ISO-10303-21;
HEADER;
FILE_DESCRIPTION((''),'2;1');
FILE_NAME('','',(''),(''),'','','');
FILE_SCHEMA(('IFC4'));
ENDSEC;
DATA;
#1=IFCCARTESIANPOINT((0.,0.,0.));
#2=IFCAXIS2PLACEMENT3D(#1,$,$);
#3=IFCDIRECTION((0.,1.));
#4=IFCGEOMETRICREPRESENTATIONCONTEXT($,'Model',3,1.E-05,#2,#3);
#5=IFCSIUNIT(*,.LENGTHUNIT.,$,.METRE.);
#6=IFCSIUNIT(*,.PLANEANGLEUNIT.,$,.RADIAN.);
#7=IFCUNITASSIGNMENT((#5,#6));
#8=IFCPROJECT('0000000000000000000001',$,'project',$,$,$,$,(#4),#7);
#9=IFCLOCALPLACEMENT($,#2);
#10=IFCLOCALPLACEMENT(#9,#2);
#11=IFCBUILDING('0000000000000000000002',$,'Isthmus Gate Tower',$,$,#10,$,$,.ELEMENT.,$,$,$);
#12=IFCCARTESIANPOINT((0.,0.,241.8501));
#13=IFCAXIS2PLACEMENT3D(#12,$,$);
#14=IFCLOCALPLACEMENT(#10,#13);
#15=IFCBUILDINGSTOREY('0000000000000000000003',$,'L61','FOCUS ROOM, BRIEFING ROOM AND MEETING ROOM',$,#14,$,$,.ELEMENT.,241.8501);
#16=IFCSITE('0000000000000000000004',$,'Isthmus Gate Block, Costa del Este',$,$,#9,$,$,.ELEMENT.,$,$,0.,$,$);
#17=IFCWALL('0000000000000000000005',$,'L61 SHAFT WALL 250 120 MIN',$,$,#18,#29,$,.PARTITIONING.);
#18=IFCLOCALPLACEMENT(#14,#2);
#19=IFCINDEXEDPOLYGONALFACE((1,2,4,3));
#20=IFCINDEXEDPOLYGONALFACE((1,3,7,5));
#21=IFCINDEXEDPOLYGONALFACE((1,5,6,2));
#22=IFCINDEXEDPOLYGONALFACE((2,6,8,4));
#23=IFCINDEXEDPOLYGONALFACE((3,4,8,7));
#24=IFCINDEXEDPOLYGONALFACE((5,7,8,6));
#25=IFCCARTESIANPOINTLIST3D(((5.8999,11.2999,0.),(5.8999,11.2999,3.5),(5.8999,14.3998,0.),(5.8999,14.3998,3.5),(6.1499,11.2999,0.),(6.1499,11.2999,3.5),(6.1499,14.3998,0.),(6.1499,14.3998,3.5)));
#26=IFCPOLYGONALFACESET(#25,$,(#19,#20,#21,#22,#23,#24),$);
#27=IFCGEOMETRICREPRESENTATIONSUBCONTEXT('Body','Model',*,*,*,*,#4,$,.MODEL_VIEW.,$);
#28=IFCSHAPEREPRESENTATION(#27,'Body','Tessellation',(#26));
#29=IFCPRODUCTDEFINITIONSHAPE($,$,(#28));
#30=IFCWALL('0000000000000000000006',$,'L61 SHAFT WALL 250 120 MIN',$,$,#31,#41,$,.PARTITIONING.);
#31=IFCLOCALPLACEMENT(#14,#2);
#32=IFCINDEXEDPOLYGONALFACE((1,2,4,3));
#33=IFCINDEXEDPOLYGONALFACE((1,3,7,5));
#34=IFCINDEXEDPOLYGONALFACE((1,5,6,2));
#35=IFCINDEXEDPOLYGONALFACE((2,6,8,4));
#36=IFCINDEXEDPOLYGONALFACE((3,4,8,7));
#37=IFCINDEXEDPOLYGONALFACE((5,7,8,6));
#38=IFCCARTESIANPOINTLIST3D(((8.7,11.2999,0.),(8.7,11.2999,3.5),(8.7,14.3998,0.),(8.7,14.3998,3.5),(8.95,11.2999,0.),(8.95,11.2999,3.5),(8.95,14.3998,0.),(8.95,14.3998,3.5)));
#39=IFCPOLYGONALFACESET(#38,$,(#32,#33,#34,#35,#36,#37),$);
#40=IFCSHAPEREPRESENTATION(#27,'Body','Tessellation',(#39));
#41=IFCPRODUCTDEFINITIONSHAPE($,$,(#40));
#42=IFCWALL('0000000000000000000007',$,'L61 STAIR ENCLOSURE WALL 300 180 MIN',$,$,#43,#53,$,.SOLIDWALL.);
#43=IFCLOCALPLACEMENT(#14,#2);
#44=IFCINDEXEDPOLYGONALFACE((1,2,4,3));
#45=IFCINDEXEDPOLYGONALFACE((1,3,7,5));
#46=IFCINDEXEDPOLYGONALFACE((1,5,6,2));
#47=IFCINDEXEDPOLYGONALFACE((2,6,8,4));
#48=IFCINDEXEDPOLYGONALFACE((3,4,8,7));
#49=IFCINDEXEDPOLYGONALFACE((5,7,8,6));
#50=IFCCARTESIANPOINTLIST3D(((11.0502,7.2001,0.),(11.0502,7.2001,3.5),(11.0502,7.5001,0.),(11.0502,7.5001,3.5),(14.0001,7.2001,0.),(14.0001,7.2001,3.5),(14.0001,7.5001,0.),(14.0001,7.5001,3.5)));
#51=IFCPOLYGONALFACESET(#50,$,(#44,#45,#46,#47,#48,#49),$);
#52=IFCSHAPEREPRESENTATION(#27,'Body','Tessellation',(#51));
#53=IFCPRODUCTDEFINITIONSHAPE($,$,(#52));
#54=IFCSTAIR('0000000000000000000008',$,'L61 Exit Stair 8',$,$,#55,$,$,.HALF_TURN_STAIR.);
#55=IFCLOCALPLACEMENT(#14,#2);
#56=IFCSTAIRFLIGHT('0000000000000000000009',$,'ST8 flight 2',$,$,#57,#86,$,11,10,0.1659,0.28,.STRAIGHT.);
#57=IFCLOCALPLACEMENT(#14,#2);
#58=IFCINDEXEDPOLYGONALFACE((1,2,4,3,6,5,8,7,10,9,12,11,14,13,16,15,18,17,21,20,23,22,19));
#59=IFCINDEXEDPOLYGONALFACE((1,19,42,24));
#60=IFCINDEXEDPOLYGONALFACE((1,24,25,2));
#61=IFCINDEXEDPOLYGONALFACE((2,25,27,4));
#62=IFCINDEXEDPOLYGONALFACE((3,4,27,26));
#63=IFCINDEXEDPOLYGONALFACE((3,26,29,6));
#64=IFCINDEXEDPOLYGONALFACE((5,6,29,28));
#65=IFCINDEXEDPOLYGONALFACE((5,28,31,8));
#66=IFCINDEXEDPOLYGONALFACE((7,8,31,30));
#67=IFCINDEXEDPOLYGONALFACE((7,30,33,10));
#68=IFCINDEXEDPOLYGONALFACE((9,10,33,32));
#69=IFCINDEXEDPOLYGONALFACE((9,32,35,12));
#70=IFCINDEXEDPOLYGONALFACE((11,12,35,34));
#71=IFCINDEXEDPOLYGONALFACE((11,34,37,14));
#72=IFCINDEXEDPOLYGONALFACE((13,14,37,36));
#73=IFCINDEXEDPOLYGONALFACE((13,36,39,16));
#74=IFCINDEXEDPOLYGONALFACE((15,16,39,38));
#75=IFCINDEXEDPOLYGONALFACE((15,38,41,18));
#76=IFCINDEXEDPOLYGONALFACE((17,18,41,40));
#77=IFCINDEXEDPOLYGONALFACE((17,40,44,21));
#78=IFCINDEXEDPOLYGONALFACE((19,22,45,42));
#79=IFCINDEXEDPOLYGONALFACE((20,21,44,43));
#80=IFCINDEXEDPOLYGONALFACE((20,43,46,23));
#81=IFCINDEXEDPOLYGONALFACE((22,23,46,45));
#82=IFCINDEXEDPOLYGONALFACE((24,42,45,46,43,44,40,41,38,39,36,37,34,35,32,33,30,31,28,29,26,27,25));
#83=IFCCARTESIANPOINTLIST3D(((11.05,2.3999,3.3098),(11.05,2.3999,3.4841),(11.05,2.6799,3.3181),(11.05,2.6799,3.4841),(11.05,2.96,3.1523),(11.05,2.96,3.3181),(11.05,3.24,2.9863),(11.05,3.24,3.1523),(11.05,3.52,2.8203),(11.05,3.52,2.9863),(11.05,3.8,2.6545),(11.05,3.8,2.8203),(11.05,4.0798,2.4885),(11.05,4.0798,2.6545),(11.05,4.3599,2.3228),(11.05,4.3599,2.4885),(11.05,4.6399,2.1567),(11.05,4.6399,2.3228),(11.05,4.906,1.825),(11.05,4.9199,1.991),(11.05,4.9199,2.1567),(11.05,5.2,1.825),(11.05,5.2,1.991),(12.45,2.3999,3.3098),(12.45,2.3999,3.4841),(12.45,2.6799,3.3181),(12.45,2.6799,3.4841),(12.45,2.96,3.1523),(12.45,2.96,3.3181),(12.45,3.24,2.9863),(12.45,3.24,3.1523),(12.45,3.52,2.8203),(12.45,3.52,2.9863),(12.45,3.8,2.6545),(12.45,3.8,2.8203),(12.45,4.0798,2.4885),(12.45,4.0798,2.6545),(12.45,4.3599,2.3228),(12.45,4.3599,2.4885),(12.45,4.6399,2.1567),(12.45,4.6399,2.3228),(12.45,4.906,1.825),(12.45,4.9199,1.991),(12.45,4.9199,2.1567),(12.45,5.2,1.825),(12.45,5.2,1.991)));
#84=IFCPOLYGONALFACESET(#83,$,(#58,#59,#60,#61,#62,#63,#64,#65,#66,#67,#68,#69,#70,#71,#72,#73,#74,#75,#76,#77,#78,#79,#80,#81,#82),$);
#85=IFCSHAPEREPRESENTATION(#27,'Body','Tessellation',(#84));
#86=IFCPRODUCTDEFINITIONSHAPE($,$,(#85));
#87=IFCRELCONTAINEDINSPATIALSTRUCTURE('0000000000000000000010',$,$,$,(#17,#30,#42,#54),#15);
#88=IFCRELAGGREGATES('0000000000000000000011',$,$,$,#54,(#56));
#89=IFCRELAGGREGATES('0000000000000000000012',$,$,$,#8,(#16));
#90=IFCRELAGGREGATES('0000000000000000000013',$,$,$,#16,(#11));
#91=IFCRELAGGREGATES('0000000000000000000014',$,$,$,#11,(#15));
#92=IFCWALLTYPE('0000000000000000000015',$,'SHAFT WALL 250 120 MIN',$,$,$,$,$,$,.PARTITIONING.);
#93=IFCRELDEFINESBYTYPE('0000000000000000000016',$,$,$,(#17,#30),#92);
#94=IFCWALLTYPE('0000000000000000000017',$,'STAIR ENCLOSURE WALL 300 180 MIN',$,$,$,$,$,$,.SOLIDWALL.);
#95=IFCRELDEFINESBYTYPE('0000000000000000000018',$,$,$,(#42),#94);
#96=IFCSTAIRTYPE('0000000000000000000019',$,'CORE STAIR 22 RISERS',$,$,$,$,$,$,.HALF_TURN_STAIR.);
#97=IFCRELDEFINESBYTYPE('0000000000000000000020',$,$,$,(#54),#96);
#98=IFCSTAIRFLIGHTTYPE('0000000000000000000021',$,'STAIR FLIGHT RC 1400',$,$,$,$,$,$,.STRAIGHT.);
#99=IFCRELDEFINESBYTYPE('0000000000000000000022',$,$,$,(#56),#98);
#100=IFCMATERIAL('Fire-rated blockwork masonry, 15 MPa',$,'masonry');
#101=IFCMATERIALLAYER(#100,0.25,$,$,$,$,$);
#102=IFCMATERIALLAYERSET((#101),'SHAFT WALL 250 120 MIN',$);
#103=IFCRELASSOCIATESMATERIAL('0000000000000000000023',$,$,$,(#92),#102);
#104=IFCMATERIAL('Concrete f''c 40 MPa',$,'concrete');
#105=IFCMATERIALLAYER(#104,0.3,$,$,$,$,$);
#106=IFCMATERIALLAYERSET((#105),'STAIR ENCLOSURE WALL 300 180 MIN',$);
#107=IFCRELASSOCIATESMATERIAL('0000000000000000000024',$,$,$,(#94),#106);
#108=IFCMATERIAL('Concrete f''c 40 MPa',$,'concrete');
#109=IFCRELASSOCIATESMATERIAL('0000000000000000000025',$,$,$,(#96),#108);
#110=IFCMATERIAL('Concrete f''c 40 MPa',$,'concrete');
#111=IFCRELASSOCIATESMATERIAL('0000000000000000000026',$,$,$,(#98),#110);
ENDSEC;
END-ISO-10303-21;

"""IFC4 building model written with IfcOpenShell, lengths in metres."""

from ifc_helpers import new_model, si_unit, direction, frame, frame_2d, origin, place, context, subcontext, project, spatial, polyline, rectangle, outline, extrude, material, layer, layer_set, type_object, element, aggregate, save


model = new_model("IFC4")

# Units and contexts
model_context = context("Model", 3, precision=1e-05, world=origin(), true_north=direction((0.0, 1.0)))
body_context = subcontext(model_context, "Body", "Model", "MODEL_VIEW")
ifc_project = project(units=[si_unit("LENGTHUNIT", "METRE"), si_unit("PLANEANGLEUNIT", "RADIAN")], contexts=[model_context])

# Site, building, storey
site_placement = place(None, origin())
site = spatial("IfcSite", under=ifc_project, at=site_placement, Name="Isthmus Gate Block, Costa del Este", CompositionType="ELEMENT", RefElevation=0.0)
building_placement = place(site_placement, origin())
building = spatial("IfcBuilding", under=site, at=building_placement, Name="Isthmus Gate Tower", CompositionType="ELEMENT")
storey_placement = place(building_placement, frame((0.0, 0.0, 241.8501)))
storey = spatial("IfcBuildingStorey", under=building, at=storey_placement, Name="L61", Description="FOCUS ROOM, BRIEFING ROOM AND MEETING ROOM", CompositionType="ELEMENT", Elevation=241.8501)

# Walls
ifc_material_1 = material(Name="Fire-rated blockwork masonry, 15 MPa", Category="masonry")
ifc_layer_1 = layer(ifc_material_1, 0.25)
ifc_layer_set_1 = layer_set([ifc_layer_1], Name="SHAFT WALL 250 120 MIN")
wall_type_1 = type_object("IfcWallType", Name="SHAFT WALL 250 120 MIN", PredefinedType="PARTITIONING", material=ifc_layer_set_1)
for number, where, z_axis, x_axis, name in (
    (1, (6.0249, 11.3, 0.0), (0.0, 0.0, 1.0), (0.0, 1.0, 0.0), "L61 SHAFT WALL 250 120 MIN"),
    (2, (8.825, 11.3, 0.0), (0.0, 0.0, 1.0), (0.0, 1.0, 0.0), "L61 SHAFT WALL 250 120 MIN"),
):
    element("IfcWall", number, at=place(storey_placement, frame(where, z_axis=z_axis, x_axis=x_axis)), inside=storey, type_object=wall_type_1, Name=name, PredefinedType="PARTITIONING", context=body_context, shape_type="SweptSolid", body=[
        extrude(rectangle(XDim=3.0999, YDim=0.25, at=frame_2d((1.5498, 0.0))), origin(), (0.0, 0.0, 1.0), 3.5),
    ])
ifc_material_2 = material(Name="Concrete f'c 40 MPa", Category="concrete")
ifc_layer_2 = layer(ifc_material_2, 0.3)
ifc_layer_set_2 = layer_set([ifc_layer_2], Name="STAIR ENCLOSURE WALL 300 180 MIN")
wall_type_2 = type_object("IfcWallType", Name="STAIR ENCLOSURE WALL 300 180 MIN", PredefinedType="SOLIDWALL", material=ifc_layer_set_2)
wall_1_placement = place(storey_placement, frame((11.05, 7.3501, 0.0), z_axis=(0.0, 0.0, 1.0), x_axis=(1.0, 0.0, 0.0)))
element("IfcWall", 3, at=wall_1_placement, inside=storey, type_object=wall_type_2, Name="L61 STAIR ENCLOSURE WALL 300 180 MIN", PredefinedType="SOLIDWALL", context=body_context, shape_type="SweptSolid", body=[
    extrude(rectangle(XDim=2.95, YDim=0.3, at=frame_2d((1.4751, 0.0))), origin(), (0.0, 0.0, 1.0), 3.5),
])

# Stair, stair flight
ifc_material_3 = material(Name="Concrete f'c 40 MPa", Category="concrete")
stair_type = type_object("IfcStairType", Name="CORE STAIR 22 RISERS", PredefinedType="HALF_TURN_STAIR", material=ifc_material_3)
stair_placement = place(storey_placement, origin())
stair = element("IfcStair", 4, at=stair_placement, inside=storey, type_object=stair_type, Name="L61 Exit Stair 8", PredefinedType="HALF_TURN_STAIR")
ifc_material_4 = material(Name="Concrete f'c 40 MPa", Category="concrete")
stair_flight_type = type_object("IfcStairFlightType", Name="STAIR FLIGHT RC 1400", PredefinedType="STRAIGHT", material=ifc_material_4)
stair_flight_placement = place(storey_placement, frame((11.75, 5.2, 1.825), z_axis=(0.0, 0.0, 1.0), x_axis=(0.0, -1.0, 0.0)))
stair_flight = element("IfcStairFlight", 5, at=stair_flight_placement, type_object=stair_flight_type, Name="ST8 flight 2", NumberOfRisers=11, NumberOfTreads=10, PredefinedType="STRAIGHT", RiserHeight=0.1659, TreadLength=0.28, context=body_context, shape_type="SweptSolid", body=[
    extrude(outline(polyline([(0.0, 0.0), (0.0, 0.166), (0.28, 0.166), (0.28, 0.3318), (0.5601, 0.3318), (0.5601, 0.4978), (0.8401, 0.4978), (0.8401, 0.6636), (1.1201, 0.6636), (1.1201, 0.8296), (1.3999, 0.8296), (1.3999, 0.9954), (1.6799, 0.9954), (1.6799, 1.1614), (1.96, 1.1614), (1.96, 1.3274), (2.24, 1.3274), (2.24, 1.4932), (2.52, 1.4932), (2.52, 1.6592), (2.8, 1.6592), (2.8, 1.825), (2.8, 1.4849), (0.2939, 0.0), (0.0, 0.0)])), frame((0.0, 0.7, 0.0), z_axis=(0.0, -1.0, 0.0), x_axis=(1.0, 0.0, 0.0)), (0.0, 0.0, 1.0), 1.3999),
])
aggregate(stair, [stair_flight])

save(model, "model.ifc")
